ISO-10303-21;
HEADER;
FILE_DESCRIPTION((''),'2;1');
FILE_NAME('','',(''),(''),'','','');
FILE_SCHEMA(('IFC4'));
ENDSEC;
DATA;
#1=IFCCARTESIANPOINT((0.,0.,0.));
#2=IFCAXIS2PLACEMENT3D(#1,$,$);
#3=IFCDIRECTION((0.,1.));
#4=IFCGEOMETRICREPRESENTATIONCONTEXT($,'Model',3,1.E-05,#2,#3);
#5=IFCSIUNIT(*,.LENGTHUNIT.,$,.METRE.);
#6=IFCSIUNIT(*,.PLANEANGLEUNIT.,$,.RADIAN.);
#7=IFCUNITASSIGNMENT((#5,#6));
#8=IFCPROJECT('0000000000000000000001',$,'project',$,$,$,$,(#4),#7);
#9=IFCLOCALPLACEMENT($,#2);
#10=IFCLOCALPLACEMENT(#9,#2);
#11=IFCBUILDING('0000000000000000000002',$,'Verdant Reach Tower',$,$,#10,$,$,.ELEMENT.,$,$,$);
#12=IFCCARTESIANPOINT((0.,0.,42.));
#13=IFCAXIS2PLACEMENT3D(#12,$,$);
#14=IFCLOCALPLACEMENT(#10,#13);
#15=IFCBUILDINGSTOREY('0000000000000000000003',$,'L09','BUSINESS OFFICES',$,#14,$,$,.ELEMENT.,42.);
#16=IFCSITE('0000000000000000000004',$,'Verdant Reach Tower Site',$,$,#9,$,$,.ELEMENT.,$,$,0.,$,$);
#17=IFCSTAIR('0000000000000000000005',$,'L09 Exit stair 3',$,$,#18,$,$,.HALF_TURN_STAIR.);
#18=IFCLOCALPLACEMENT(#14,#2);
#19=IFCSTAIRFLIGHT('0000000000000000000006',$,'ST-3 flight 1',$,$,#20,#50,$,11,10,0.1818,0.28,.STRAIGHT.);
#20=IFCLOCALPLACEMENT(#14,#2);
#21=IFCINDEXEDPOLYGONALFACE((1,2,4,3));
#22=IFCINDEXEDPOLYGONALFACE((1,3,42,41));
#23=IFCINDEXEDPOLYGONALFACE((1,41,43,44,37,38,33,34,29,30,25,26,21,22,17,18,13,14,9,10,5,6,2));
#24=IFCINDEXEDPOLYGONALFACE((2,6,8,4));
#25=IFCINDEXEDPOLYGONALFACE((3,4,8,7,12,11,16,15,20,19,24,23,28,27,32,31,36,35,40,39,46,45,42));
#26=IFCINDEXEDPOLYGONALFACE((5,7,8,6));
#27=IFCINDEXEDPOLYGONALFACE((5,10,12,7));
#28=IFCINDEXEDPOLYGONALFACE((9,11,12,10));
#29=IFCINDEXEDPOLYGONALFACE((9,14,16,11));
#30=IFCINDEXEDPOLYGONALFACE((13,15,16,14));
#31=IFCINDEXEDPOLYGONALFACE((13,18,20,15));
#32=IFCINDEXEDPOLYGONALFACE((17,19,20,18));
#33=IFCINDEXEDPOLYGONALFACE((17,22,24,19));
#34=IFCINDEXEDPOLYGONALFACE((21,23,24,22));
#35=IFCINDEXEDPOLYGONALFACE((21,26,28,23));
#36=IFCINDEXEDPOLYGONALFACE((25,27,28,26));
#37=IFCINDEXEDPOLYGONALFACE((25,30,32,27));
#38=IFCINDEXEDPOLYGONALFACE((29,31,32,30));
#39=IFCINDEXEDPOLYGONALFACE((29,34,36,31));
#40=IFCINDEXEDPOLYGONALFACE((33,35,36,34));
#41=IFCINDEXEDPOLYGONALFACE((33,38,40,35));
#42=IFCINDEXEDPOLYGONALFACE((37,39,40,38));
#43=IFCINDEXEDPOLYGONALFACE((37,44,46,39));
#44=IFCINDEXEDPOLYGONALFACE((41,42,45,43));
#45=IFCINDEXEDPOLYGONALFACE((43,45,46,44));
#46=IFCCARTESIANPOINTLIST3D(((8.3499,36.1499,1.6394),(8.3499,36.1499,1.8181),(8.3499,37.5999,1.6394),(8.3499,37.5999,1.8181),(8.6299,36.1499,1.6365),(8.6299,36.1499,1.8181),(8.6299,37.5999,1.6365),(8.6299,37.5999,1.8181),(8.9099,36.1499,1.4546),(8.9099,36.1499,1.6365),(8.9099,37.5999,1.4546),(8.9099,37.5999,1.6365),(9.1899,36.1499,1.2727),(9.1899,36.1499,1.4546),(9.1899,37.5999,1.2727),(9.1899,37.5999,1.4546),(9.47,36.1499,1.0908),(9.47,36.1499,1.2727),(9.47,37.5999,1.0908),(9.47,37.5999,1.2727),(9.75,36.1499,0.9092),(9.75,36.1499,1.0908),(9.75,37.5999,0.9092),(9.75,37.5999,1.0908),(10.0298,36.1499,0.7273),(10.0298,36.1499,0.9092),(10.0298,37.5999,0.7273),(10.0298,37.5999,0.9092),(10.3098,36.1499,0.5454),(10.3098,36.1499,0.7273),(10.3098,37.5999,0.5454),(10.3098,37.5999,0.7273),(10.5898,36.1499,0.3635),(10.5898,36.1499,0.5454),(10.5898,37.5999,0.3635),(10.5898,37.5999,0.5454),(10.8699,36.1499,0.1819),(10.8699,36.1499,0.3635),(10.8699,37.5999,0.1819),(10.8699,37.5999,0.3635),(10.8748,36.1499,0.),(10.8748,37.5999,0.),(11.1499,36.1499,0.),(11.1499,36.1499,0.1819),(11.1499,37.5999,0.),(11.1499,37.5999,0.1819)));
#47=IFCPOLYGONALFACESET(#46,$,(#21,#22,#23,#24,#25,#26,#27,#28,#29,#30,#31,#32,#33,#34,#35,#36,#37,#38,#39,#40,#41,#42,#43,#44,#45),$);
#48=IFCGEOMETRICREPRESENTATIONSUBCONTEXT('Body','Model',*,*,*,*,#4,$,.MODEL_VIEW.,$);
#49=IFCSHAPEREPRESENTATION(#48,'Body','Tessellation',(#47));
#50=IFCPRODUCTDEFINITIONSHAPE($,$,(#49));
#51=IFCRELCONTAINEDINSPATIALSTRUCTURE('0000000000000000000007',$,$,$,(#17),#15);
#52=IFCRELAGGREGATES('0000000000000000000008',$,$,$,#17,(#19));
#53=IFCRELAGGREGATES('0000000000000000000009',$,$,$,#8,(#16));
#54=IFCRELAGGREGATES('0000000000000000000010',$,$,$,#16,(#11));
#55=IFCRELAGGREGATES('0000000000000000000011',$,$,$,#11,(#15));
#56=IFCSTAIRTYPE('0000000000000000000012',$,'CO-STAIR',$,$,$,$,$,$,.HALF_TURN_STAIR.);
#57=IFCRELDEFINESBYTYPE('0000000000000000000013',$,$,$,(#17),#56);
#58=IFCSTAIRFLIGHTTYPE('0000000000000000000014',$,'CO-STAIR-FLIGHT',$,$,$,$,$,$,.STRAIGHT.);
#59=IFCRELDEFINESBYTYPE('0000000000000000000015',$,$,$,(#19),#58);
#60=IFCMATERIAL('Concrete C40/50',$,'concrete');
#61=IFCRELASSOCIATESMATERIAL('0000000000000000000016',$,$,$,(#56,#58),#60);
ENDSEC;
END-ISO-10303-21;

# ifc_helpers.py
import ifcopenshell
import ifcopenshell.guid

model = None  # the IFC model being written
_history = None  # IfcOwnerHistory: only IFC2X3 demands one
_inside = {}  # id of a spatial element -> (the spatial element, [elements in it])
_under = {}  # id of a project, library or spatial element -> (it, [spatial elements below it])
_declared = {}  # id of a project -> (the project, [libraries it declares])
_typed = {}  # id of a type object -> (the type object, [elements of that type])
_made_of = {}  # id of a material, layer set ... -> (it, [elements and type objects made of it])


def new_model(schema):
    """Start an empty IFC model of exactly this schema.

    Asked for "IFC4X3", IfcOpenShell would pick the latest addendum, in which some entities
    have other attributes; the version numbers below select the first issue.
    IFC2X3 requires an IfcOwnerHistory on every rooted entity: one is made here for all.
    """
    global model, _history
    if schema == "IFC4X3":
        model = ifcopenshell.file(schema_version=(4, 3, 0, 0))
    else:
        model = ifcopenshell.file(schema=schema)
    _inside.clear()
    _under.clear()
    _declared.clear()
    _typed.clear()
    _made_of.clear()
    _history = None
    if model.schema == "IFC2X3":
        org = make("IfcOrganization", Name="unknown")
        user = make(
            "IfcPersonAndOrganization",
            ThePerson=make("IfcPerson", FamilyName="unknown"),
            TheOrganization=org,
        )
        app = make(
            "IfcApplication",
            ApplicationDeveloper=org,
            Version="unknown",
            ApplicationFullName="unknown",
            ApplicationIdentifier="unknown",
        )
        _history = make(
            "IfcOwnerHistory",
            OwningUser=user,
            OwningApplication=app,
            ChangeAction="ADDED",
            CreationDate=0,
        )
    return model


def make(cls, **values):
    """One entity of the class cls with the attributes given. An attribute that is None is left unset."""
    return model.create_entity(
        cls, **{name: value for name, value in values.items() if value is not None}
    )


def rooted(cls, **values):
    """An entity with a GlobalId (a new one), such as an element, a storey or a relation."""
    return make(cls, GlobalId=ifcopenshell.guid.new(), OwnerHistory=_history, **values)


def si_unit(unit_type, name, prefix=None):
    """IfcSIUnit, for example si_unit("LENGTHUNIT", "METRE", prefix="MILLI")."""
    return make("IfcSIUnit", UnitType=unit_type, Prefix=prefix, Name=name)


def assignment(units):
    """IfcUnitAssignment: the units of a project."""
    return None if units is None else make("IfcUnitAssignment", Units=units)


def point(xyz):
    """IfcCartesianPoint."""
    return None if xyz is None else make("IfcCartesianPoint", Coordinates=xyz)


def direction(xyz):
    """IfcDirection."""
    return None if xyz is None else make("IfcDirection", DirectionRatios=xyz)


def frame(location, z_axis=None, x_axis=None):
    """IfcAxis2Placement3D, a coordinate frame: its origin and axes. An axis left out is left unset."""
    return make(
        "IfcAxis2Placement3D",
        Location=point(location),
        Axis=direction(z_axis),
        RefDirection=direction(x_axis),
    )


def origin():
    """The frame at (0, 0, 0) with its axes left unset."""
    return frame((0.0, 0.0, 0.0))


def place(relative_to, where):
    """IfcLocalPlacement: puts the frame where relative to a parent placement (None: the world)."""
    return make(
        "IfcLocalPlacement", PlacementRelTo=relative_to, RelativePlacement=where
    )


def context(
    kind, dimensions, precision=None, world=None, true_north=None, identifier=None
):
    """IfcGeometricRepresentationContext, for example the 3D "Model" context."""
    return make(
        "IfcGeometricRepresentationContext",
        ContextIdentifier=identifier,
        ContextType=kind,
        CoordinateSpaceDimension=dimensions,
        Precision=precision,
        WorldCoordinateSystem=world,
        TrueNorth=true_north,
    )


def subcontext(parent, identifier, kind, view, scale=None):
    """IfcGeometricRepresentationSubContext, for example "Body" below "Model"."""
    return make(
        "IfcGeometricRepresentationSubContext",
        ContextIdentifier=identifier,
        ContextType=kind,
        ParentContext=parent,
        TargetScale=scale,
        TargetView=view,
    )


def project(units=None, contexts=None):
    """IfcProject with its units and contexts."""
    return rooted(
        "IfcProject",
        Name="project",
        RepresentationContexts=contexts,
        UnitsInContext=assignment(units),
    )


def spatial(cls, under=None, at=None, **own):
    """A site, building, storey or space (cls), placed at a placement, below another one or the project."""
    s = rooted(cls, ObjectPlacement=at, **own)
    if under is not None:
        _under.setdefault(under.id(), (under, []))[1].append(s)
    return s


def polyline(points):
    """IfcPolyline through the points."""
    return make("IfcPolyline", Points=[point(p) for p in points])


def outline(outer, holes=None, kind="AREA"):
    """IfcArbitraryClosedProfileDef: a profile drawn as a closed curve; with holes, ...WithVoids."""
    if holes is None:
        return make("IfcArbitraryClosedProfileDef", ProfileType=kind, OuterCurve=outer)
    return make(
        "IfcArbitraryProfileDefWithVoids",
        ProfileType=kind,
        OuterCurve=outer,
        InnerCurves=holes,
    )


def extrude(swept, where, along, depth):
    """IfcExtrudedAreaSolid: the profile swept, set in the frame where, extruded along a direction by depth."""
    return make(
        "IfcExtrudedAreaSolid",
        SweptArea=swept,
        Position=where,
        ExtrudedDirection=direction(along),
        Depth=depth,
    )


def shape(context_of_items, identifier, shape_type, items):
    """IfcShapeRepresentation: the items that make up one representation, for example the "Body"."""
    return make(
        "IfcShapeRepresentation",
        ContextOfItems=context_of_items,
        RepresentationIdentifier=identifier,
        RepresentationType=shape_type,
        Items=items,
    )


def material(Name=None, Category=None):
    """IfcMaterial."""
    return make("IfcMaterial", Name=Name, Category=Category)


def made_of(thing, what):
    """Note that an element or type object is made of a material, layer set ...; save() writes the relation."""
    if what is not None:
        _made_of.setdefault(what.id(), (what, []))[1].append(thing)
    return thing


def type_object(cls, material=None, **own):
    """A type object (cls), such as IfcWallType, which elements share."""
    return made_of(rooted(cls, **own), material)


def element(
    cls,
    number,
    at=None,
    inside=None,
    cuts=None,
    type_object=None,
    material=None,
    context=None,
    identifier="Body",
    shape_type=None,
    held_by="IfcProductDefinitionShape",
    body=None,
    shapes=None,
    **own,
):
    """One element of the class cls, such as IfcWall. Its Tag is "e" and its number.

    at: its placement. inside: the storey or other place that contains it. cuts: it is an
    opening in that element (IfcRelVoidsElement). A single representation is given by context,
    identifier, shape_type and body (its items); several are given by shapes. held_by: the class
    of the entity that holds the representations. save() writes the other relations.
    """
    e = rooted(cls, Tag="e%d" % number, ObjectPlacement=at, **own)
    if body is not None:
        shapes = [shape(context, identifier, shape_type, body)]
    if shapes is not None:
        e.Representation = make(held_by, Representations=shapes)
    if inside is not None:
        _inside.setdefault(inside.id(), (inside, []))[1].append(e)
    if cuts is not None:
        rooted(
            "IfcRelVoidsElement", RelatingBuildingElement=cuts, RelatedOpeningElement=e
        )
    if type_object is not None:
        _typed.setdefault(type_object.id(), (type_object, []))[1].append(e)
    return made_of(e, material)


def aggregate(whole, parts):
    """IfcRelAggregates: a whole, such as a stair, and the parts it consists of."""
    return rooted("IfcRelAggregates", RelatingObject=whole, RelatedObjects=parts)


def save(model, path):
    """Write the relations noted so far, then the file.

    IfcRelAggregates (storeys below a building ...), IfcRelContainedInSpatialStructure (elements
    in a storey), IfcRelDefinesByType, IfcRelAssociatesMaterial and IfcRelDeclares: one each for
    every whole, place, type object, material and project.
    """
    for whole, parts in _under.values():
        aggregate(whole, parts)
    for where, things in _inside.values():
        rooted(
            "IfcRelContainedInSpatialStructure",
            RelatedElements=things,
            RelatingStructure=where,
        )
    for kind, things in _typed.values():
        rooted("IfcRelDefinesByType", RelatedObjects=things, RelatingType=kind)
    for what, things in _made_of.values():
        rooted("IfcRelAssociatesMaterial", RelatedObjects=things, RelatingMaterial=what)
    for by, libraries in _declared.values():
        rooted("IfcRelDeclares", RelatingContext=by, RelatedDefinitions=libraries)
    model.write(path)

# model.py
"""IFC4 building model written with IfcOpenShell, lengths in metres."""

from ifc_helpers import new_model, si_unit, direction, frame, origin, place, context, subcontext, project, spatial, polyline, outline, extrude, material, type_object, element, aggregate, save


model = new_model("IFC4")

# Units and contexts
model_context = context("Model", 3, precision=1e-05, world=origin(), true_north=direction((0.0, 1.0)))
body_context = subcontext(model_context, "Body", "Model", "MODEL_VIEW")
ifc_project = project(units=[si_unit("LENGTHUNIT", "METRE"), si_unit("PLANEANGLEUNIT", "RADIAN")], contexts=[model_context])

# Site, building, storey
site_placement = place(None, origin())
site = spatial("IfcSite", under=ifc_project, at=site_placement, Name="Verdant Reach Tower Site", CompositionType="ELEMENT", RefElevation=0.0)
building_placement = place(site_placement, origin())
building = spatial("IfcBuilding", under=site, at=building_placement, Name="Verdant Reach Tower", CompositionType="ELEMENT")
storey_placement = place(building_placement, frame((0.0, 0.0, 42.0)))
storey = spatial("IfcBuildingStorey", under=building, at=storey_placement, Name="L09", Description="BUSINESS OFFICES", CompositionType="ELEMENT", Elevation=42.0)

# Stair, stair flight
ifc_material_1 = material(Name="Concrete C40/50", Category="concrete")
stair_type = type_object("IfcStairType", Name="CO-STAIR", PredefinedType="HALF_TURN_STAIR", material=ifc_material_1)
stair_placement = place(storey_placement, origin())
stair = element("IfcStair", 1, at=stair_placement, inside=storey, type_object=stair_type, Name="L09 Exit stair 3", PredefinedType="HALF_TURN_STAIR")
stair_flight_type = type_object("IfcStairFlightType", Name="CO-STAIR-FLIGHT", PredefinedType="STRAIGHT", material=ifc_material_1)
stair_flight_placement = place(storey_placement, frame((11.1499, 36.875, 0.0), z_axis=(0.0, 0.0, 1.0), x_axis=(-1.0, 0.0, 0.0)))
stair_flight = element("IfcStairFlight", 2, at=stair_flight_placement, type_object=stair_flight_type, Name="ST-3 flight 1", NumberOfRisers=11, NumberOfTreads=10, PredefinedType="STRAIGHT", RiserHeight=0.1818, TreadLength=0.28, context=body_context, shape_type="SweptSolid", body=[
    extrude(outline(polyline([(0.0, 0.0), (0.0, 0.1819), (0.28, 0.1819), (0.28, 0.3635), (0.5601, 0.3635), (0.5601, 0.5454), (0.8401, 0.5454), (0.8401, 0.7273), (1.1201, 0.7273), (1.1201, 0.9092), (1.3999, 0.9092), (1.3999, 1.0908), (1.6799, 1.0908), (1.6799, 1.2727), (1.96, 1.2727), (1.96, 1.4546), (2.24, 1.4546), (2.24, 1.6365), (2.52, 1.6365), (2.52, 1.8181), (2.8, 1.8181), (2.8, 2.0), (2.8, 1.6394), (0.2751, 0.0), (0.0, 0.0)])), frame((0.0, 0.7251, 0.0), z_axis=(0.0, -1.0, 0.0), x_axis=(1.0, 0.0, 0.0)), (0.0, 0.0, 1.0), 1.45),
])
aggregate(stair, [stair_flight])

save(model, "model.ifc")
